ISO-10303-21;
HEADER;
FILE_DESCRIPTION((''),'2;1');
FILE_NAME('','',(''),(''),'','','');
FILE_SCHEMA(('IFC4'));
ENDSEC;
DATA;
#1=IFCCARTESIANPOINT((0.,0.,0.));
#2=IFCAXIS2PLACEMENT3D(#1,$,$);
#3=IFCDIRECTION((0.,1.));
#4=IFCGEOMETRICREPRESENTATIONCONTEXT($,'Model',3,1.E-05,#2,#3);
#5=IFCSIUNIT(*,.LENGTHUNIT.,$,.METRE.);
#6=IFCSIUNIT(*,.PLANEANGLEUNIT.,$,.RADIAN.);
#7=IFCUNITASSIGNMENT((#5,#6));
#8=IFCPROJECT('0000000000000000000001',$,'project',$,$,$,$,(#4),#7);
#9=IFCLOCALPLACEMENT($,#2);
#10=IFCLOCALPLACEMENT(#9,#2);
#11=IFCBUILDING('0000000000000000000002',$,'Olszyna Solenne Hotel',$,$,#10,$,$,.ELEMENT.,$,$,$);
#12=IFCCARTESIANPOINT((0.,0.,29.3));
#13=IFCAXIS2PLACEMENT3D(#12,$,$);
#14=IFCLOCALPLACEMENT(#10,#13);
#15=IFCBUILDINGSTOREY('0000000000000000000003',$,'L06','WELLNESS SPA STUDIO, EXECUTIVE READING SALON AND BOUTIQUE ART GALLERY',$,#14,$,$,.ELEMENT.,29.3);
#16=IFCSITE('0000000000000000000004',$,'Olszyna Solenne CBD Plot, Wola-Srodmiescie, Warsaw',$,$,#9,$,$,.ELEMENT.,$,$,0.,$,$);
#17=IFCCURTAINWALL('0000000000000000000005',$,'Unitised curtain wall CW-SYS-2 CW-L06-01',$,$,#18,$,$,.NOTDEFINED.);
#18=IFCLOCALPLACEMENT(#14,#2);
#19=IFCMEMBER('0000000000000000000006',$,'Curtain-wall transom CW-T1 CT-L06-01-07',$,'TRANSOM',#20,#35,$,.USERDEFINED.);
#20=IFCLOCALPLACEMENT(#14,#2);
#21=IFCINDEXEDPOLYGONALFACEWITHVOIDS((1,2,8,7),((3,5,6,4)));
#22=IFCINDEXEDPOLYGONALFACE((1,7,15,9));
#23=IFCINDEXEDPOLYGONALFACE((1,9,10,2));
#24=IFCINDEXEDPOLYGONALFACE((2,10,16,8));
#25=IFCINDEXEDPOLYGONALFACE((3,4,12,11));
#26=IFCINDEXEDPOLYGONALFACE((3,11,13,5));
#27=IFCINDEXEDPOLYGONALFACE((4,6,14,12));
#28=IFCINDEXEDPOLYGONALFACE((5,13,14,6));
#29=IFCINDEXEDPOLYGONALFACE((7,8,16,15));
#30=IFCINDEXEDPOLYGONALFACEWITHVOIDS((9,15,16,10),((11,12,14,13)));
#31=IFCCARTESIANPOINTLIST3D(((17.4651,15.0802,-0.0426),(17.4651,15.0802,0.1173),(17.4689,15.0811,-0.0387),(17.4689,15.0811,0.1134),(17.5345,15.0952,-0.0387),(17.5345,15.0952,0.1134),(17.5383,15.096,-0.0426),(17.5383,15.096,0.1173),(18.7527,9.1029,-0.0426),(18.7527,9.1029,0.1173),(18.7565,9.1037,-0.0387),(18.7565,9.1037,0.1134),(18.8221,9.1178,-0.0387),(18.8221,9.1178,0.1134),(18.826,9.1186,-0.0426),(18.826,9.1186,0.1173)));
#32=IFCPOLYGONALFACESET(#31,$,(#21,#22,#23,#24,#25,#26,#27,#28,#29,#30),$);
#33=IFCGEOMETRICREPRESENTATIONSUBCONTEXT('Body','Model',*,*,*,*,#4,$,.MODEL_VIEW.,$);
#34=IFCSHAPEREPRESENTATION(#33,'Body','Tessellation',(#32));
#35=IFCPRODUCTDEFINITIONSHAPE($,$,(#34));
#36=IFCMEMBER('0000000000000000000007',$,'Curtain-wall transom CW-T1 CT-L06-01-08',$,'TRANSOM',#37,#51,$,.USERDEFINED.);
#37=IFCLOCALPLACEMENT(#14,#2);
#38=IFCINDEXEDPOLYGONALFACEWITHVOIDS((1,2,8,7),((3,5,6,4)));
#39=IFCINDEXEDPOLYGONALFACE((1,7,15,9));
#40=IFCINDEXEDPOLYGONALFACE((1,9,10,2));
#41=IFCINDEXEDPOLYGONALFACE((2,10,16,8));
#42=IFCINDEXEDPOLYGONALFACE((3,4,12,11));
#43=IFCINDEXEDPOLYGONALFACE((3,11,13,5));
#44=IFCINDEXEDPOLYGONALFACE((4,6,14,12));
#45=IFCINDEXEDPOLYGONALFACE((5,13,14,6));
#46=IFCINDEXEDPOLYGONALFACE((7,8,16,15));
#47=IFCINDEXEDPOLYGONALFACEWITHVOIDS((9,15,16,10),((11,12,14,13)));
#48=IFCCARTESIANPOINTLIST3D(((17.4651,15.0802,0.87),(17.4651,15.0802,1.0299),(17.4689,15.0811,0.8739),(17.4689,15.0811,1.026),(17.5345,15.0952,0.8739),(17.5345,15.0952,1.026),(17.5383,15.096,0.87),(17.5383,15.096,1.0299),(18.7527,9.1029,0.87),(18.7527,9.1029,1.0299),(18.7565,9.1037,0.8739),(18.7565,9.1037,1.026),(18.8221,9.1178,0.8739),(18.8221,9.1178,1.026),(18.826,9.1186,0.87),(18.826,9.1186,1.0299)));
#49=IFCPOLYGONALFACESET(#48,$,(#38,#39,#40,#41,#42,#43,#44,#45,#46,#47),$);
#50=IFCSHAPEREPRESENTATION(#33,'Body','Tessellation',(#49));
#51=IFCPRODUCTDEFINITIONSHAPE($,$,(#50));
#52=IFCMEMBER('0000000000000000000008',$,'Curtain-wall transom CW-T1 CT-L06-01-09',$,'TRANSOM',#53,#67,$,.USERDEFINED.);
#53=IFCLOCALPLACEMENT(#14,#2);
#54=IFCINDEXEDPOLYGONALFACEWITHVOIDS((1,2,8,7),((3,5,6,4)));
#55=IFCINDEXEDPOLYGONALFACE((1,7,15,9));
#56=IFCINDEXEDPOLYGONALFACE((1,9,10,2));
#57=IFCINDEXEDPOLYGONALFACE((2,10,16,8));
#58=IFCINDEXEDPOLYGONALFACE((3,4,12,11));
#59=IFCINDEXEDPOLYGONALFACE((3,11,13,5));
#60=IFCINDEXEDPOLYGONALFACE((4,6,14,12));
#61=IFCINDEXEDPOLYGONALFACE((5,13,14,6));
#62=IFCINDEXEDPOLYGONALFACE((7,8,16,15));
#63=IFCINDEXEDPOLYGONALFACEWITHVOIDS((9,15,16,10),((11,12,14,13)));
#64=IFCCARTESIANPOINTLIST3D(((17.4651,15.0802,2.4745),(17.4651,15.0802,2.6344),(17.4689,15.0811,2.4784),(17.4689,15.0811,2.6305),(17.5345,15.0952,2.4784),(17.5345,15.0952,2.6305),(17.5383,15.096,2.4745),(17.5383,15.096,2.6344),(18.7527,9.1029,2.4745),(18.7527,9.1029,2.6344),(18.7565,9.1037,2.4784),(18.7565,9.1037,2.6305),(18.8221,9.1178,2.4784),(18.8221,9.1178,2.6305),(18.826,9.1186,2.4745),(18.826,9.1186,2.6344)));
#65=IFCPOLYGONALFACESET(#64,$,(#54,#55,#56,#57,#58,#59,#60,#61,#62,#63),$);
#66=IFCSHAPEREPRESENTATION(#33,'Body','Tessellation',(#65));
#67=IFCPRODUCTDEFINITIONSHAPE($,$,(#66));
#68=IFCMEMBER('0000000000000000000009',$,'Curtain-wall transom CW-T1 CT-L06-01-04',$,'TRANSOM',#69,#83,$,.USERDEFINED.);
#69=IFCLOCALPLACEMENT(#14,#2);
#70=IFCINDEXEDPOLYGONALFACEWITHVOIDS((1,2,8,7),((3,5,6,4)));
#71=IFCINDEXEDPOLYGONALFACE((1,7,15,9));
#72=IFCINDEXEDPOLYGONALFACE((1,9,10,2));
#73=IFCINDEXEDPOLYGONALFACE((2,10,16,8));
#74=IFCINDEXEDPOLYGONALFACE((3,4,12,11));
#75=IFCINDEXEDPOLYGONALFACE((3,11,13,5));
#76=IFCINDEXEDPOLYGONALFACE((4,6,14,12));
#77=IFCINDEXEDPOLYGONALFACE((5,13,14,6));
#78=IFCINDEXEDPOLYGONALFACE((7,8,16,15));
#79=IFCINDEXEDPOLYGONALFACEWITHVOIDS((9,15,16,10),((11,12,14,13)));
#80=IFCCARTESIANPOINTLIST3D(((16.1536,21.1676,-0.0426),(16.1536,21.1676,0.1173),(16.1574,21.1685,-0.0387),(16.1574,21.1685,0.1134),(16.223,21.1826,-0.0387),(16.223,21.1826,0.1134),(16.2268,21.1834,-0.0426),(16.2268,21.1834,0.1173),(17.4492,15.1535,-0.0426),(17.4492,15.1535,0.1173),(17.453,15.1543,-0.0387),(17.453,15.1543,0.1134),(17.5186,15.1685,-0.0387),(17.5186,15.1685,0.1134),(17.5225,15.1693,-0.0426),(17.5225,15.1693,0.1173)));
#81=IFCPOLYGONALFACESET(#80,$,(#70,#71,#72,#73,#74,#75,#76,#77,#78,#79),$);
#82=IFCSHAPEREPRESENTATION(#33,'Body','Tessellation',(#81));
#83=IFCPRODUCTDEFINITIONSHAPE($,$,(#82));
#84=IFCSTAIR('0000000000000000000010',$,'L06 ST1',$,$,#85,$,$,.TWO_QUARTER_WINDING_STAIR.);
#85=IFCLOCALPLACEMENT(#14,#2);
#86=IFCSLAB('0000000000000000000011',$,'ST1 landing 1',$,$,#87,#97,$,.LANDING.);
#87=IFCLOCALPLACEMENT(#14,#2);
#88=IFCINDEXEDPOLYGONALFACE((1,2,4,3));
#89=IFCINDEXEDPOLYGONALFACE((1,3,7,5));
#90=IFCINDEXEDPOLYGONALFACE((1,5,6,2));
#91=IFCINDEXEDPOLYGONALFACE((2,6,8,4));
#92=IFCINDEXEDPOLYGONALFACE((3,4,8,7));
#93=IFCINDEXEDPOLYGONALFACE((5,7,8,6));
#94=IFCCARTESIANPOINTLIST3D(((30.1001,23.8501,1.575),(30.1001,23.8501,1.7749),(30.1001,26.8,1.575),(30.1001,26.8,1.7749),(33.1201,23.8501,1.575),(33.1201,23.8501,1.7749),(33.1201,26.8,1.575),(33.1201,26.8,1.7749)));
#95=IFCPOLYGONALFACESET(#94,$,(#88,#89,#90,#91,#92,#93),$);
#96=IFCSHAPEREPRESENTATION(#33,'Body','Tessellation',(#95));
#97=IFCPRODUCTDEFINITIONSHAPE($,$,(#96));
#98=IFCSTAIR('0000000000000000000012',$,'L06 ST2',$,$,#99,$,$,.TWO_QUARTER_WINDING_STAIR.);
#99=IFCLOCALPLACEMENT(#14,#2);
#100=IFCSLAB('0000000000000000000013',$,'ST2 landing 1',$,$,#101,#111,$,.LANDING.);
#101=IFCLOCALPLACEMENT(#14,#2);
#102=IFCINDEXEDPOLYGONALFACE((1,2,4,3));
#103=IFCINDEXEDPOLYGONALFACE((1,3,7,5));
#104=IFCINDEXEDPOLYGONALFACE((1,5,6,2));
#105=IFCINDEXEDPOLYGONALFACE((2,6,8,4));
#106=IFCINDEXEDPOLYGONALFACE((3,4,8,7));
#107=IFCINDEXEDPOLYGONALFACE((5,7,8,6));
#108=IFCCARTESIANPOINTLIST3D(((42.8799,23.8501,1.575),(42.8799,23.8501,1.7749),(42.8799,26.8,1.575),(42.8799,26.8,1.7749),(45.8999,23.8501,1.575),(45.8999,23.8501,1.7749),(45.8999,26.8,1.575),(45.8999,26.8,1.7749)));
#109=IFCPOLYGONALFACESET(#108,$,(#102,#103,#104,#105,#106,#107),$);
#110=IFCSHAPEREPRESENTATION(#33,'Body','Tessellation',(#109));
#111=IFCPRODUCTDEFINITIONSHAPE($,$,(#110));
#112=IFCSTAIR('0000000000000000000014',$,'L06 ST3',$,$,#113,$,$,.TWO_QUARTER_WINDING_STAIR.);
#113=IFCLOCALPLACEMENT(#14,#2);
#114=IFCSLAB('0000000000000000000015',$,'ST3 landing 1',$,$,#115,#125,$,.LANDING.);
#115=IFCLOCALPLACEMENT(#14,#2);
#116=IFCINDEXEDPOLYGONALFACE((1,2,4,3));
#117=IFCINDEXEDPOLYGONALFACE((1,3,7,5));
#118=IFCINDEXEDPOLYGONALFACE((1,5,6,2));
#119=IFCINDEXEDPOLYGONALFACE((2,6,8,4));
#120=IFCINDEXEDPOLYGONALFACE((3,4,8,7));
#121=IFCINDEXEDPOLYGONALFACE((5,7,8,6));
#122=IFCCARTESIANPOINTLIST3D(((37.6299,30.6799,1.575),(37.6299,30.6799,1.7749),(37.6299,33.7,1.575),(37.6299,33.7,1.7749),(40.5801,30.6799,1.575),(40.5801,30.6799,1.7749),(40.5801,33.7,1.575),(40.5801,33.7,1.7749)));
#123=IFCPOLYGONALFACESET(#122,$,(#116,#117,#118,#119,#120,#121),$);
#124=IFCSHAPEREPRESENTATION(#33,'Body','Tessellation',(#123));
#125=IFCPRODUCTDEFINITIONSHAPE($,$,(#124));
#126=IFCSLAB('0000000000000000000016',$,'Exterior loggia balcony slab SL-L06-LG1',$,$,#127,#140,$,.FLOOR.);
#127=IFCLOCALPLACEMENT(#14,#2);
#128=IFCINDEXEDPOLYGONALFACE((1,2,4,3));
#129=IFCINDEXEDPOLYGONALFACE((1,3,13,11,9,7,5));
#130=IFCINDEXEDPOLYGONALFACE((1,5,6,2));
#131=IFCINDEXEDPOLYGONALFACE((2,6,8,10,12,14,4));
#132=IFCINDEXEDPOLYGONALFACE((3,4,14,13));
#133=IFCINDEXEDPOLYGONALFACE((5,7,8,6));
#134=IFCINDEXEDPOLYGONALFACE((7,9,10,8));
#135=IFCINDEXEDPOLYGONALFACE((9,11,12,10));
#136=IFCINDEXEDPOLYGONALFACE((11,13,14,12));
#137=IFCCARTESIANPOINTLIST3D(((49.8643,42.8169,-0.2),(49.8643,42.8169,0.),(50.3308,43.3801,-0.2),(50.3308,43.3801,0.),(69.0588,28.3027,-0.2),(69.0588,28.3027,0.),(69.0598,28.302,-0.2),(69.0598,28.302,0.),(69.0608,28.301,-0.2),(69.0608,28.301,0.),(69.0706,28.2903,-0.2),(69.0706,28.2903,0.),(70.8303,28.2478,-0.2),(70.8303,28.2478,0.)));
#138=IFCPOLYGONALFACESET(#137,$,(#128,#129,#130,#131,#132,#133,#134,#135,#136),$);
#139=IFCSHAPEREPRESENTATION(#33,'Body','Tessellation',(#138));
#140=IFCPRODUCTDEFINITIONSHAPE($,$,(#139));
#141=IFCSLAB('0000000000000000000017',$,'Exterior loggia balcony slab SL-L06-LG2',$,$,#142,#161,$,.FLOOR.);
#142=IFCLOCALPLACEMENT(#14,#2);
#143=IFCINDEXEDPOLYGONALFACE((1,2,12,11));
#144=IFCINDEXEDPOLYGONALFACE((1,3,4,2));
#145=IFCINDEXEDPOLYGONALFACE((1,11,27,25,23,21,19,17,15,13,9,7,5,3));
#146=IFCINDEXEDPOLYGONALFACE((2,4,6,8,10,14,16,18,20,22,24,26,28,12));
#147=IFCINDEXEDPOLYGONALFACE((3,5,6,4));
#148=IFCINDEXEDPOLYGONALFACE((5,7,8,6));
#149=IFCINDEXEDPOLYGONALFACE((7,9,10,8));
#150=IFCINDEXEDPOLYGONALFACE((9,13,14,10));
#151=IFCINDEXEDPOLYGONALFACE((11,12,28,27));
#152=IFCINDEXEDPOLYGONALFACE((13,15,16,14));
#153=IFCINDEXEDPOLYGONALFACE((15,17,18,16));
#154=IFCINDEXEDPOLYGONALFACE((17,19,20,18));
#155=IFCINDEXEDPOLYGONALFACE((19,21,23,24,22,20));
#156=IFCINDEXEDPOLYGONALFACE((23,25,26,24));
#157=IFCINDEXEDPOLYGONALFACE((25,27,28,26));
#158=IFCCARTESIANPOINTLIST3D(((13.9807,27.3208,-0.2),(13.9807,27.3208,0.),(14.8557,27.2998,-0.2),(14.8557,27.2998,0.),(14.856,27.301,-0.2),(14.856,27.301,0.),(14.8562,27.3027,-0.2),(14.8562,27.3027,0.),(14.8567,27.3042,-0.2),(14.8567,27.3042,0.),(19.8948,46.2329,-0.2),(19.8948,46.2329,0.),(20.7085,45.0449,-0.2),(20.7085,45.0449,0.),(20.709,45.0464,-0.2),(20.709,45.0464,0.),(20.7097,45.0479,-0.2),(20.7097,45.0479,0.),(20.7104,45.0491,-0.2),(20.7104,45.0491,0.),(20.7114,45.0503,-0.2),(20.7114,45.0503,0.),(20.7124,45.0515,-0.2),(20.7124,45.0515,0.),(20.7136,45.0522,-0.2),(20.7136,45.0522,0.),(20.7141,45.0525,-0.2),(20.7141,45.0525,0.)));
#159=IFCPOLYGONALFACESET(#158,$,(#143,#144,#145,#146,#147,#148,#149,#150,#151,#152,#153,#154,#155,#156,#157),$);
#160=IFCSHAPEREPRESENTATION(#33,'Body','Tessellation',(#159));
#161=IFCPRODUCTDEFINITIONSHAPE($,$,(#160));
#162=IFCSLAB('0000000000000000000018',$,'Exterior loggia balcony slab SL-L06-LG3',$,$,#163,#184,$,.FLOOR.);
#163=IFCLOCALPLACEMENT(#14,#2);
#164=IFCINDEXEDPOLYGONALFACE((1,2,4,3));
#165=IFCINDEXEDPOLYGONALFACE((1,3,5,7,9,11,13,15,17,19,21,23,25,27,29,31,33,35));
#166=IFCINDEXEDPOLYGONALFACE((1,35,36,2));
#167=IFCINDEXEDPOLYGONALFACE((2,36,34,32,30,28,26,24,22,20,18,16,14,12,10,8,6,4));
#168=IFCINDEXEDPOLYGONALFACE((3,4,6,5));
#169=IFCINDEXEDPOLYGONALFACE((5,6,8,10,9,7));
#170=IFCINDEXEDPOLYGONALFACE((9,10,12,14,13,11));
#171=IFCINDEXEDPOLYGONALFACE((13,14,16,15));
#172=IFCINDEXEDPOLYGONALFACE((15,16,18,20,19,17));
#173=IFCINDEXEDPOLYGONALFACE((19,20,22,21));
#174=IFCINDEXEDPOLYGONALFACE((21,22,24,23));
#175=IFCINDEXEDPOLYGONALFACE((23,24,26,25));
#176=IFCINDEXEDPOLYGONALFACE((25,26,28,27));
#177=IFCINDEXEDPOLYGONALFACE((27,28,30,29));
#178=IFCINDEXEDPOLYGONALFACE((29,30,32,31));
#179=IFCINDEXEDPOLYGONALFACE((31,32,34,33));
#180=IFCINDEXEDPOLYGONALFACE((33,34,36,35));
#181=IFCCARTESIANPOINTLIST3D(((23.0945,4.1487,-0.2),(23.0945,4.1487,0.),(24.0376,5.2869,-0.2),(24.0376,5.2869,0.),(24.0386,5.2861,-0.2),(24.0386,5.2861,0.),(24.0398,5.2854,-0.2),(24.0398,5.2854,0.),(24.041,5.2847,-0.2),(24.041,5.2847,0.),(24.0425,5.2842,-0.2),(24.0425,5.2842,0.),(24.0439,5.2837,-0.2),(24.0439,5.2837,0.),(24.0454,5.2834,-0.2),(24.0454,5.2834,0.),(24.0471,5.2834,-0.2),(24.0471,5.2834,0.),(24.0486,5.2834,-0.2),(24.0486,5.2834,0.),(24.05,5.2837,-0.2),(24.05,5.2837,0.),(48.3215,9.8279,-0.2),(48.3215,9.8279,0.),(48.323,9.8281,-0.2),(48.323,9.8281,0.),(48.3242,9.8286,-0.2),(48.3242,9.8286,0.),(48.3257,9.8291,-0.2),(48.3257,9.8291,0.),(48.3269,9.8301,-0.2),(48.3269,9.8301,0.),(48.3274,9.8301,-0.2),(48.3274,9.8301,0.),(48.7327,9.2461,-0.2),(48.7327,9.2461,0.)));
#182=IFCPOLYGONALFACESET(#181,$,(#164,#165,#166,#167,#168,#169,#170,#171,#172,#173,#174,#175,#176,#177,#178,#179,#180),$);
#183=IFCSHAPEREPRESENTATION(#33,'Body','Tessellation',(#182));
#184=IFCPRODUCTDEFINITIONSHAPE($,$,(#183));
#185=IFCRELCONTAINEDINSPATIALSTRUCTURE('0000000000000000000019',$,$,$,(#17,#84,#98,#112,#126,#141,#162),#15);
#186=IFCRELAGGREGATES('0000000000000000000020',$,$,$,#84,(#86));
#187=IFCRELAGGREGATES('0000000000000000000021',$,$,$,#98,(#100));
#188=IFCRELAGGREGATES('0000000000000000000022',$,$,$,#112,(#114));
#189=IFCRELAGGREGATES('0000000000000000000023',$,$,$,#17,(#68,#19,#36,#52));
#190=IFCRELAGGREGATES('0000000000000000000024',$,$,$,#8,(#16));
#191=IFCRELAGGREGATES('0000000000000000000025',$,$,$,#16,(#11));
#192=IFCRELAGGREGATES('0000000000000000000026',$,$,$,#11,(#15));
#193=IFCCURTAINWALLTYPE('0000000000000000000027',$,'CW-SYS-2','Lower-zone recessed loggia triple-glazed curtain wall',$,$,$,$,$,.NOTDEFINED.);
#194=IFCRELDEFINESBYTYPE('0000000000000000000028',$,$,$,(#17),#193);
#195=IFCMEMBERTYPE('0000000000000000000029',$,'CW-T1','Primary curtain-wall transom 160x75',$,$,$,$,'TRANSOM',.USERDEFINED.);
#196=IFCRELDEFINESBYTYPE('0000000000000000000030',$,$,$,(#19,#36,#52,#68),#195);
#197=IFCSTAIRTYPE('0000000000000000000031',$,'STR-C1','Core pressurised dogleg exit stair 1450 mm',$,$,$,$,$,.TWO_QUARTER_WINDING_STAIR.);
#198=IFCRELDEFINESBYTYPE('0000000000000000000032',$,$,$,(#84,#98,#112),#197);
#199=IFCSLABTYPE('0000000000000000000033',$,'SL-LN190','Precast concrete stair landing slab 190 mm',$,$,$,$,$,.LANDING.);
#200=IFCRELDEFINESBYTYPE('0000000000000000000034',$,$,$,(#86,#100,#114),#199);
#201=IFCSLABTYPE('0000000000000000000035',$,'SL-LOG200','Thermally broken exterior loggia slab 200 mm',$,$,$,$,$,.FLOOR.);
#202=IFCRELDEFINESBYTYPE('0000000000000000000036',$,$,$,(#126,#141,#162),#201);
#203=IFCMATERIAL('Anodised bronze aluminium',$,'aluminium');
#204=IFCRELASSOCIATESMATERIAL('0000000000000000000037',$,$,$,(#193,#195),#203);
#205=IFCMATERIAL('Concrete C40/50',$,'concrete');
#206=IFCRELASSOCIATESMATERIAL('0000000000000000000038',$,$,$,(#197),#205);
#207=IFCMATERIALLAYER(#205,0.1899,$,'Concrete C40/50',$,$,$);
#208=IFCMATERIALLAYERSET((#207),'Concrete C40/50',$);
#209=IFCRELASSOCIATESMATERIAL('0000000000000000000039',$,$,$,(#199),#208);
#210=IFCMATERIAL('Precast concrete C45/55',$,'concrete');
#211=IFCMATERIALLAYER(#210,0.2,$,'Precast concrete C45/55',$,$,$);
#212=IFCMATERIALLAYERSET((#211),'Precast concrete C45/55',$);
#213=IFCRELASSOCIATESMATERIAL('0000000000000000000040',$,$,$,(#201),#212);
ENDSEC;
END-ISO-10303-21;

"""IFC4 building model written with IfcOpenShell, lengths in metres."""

from ifc_helpers import new_model, si_unit, direction, frame, origin, origin_2d, place, context, subcontext, project, spatial, polyline, hollow_rectangle, outline, extrude, source, transform, mapped, material, layer, layer_set, material_profile, profile_set, type_object, element, aggregate, save


model = new_model("IFC4")

# Units and contexts
model_context = context("Model", 3, precision=1e-05, world=origin(), true_north=direction((0.0, 1.0)))
body_context = subcontext(model_context, "Body", "Model", "MODEL_VIEW")
ifc_project = project(units=[si_unit("LENGTHUNIT", "METRE"), si_unit("PLANEANGLEUNIT", "RADIAN")], contexts=[model_context])

# Site, building, storey
site_placement = place(None, origin())
site = spatial("IfcSite", under=ifc_project, at=site_placement, Name="Olszyna Solenne CBD Plot, Wola-Srodmiescie, Warsaw", CompositionType="ELEMENT", RefElevation=0.0)
building_placement = place(site_placement, origin())
building = spatial("IfcBuilding", under=site, at=building_placement, Name="Olszyna Solenne Hotel", CompositionType="ELEMENT")
storey_placement = place(building_placement, frame((0.0, 0.0, 29.3)))
storey = spatial("IfcBuildingStorey", under=building, at=storey_placement, Name="L06", Description="WELLNESS SPA STUDIO, EXECUTIVE READING SALON AND BOUTIQUE ART GALLERY", CompositionType="ELEMENT", Elevation=29.3)

# Curtain wall, members
ifc_material_1 = material(Name="Anodised bronze aluminium", Category="aluminium")
curtain_wall_type = type_object("IfcCurtainWallType", Name="CW-SYS-2", Description="Lower-zone recessed loggia triple-glazed curtain wall", PredefinedType="NOTDEFINED", material=ifc_material_1)
curtain_wall_placement = place(storey_placement, origin())
curtain_wall = element("IfcCurtainWall", 1, at=curtain_wall_placement, inside=storey, type_object=curtain_wall_type, Name="Unitised curtain wall CW-SYS-2 CW-L06-01", PredefinedType="NOTDEFINED")
ifc_material_profile_1 = material_profile(ifc_material_1, hollow_rectangle(XDim=0.075, YDim=0.1599, WallThickness=0.0039, at=origin_2d()), Name="TRAN 160x75x4", Category="load-bearing")
ifc_profile_set_1 = profile_set([ifc_material_profile_1], Name="Anodised bronze aluminium")
member_type_1 = type_object("IfcMemberType", Name="CW-T1", Description="Primary curtain-wall transom 160x75", ElementType="TRANSOM", PredefinedType="USERDEFINED", material=ifc_profile_set_1)
shared_shape_1 = source(origin(), body_context, "Body", "SweptSolid", [
    extrude(hollow_rectangle(XDim=0.075, YDim=0.1599, WallThickness=0.0039, at=origin_2d()), origin(), (0.0, 0.0, 1.0), 6.1145),
])
member_1_placement = place(storey_placement, frame((17.5017, 15.0881, 0.0374), z_axis=(0.210584, -0.977576, 0.0), x_axis=(0.977576, 0.210584, 0.0)))
member_1 = element("IfcMember", 2, at=member_1_placement, type_object=member_type_1, Name="Curtain-wall transom CW-T1 CT-L06-01-07", ObjectType="TRANSOM", PredefinedType="USERDEFINED", context=body_context, shape_type="MappedRepresentation", body=[
    mapped(shared_shape_1, transform((0.0, 0.0, 0.0), x_axis=(1.0, 0.0, 0.0), y_axis=(0.0, 1.0, 0.0), z_axis=(0.0, 0.0, 1.0), scale=1.0)),
])
member_2_placement = place(storey_placement, frame((17.5017, 15.0881, 0.95), z_axis=(0.210584, -0.977576, 0.0), x_axis=(0.977576, 0.210584, 0.0)))
member_2 = element("IfcMember", 3, at=member_2_placement, type_object=member_type_1, Name="Curtain-wall transom CW-T1 CT-L06-01-08", ObjectType="TRANSOM", PredefinedType="USERDEFINED", context=body_context, shape_type="MappedRepresentation", body=[
    mapped(shared_shape_1, transform((0.0, 0.0, 0.0), x_axis=(1.0, 0.0, 0.0), y_axis=(0.0, 1.0, 0.0), z_axis=(0.0, 0.0, 1.0), scale=1.0)),
])
member_3_placement = place(storey_placement, frame((17.5017, 15.0881, 2.5544), z_axis=(0.210584, -0.977576, 0.0), x_axis=(0.977576, 0.210584, 0.0)))
member_3 = element("IfcMember", 4, at=member_3_placement, type_object=member_type_1, Name="Curtain-wall transom CW-T1 CT-L06-01-09", ObjectType="TRANSOM", PredefinedType="USERDEFINED", context=body_context, shape_type="MappedRepresentation", body=[
    mapped(shared_shape_1, transform((0.0, 0.0, 0.0), x_axis=(1.0, 0.0, 0.0), y_axis=(0.0, 1.0, 0.0), z_axis=(0.0, 0.0, 1.0), scale=1.0)),
])
shared_shape_2 = source(origin(), body_context, "Body", "SweptSolid", [
    extrude(hollow_rectangle(XDim=0.075, YDim=0.1599, WallThickness=0.0039, at=origin_2d()), origin(), (0.0, 0.0, 1.0), 6.1521),
])
member_4_placement = place(storey_placement, frame((16.1902, 21.1755, 0.0374), z_axis=(0.210602, -0.977572, 0.0), x_axis=(0.977572, 0.210602, 0.0)))
member_4 = element("IfcMember", 5, at=member_4_placement, type_object=member_type_1, Name="Curtain-wall transom CW-T1 CT-L06-01-04", ObjectType="TRANSOM", PredefinedType="USERDEFINED", context=body_context, shape_type="MappedRepresentation", body=[
    mapped(shared_shape_2, transform((0.0, 0.0, 0.0), x_axis=(1.0, 0.0, 0.0), y_axis=(0.0, 1.0, 0.0), z_axis=(0.0, 0.0, 1.0), scale=1.0)),
])

# Stairs, slabs
ifc_material_2 = material(Name="Concrete C40/50", Category="concrete")
stair_type = type_object("IfcStairType", Name="STR-C1", Description="Core pressurised dogleg exit stair 1450 mm", PredefinedType="TWO_QUARTER_WINDING_STAIR", material=ifc_material_2)
stair_1_placement = place(storey_placement, origin())
stair_1 = element("IfcStair", 6, at=stair_1_placement, inside=storey, type_object=stair_type, Name="L06 ST1", PredefinedType="TWO_QUARTER_WINDING_STAIR")
ifc_layer_1 = layer(ifc_material_2, 0.1899, Name="Concrete C40/50")
ifc_layer_set_1 = layer_set([ifc_layer_1], Name="Concrete C40/50")
slab_type_1 = type_object("IfcSlabType", Name="SL-LN190", Description="Precast concrete stair landing slab 190 mm", PredefinedType="LANDING", material=ifc_layer_set_1)
slab_1_placement = place(storey_placement, frame((0.0, 0.0, 1.575)))
slab_1 = element("IfcSlab", 7, at=slab_1_placement, type_object=slab_type_1, Name="ST1 landing 1", PredefinedType="LANDING", context=body_context, shape_type="SweptSolid", body=[
    extrude(outline(polyline([(33.1201, 23.8501), (33.1201, 26.8), (30.1001, 26.8), (30.1001, 23.8501), (33.1201, 23.8501)])), origin(), (0.0, 0.0, 1.0), 0.2),
])
aggregate(stair_1, [slab_1])
stair_2_placement = place(storey_placement, origin())
stair_2 = element("IfcStair", 8, at=stair_2_placement, inside=storey, type_object=stair_type, Name="L06 ST2", PredefinedType="TWO_QUARTER_WINDING_STAIR")
slab_2_placement = place(storey_placement, frame((0.0, 0.0, 1.575)))
slab_2 = element("IfcSlab", 9, at=slab_2_placement, type_object=slab_type_1, Name="ST2 landing 1", PredefinedType="LANDING", context=body_context, shape_type="SweptSolid", body=[
    extrude(outline(polyline([(45.8999, 23.8501), (45.8999, 26.8), (42.8799, 26.8), (42.8799, 23.8501), (45.8999, 23.8501)])), origin(), (0.0, 0.0, 1.0), 0.2),
])
aggregate(stair_2, [slab_2])
stair_3_placement = place(storey_placement, origin())
stair_3 = element("IfcStair", 10, at=stair_3_placement, inside=storey, type_object=stair_type, Name="L06 ST3", PredefinedType="TWO_QUARTER_WINDING_STAIR")
slab_3_placement = place(storey_placement, frame((0.0, 0.0, 1.575)))
slab_3 = element("IfcSlab", 11, at=slab_3_placement, type_object=slab_type_1, Name="ST3 landing 1", PredefinedType="LANDING", context=body_context, shape_type="SweptSolid", body=[
    extrude(outline(polyline([(37.6299, 30.6799), (40.5801, 30.6799), (40.5801, 33.7), (37.6299, 33.7), (37.6299, 30.6799)])), origin(), (0.0, 0.0, 1.0), 0.2),
])
aggregate(stair_3, [slab_3])

# Slabs
ifc_material_3 = material(Name="Precast concrete C45/55", Category="concrete")
ifc_layer_2 = layer(ifc_material_3, 0.2, Name="Precast concrete C45/55")
ifc_layer_set_2 = layer_set([ifc_layer_2], Name="Precast concrete C45/55")
slab_type_2 = type_object("IfcSlabType", Name="SL-LOG200", Description="Thermally broken exterior loggia slab 200 mm", PredefinedType="FLOOR", material=ifc_layer_set_2)
slab_4_placement = place(storey_placement, frame((0.0, 0.0, -0.2)))
element("IfcSlab", 12, at=slab_4_placement, inside=storey, type_object=slab_type_2, Name="Exterior loggia balcony slab SL-L06-LG1", PredefinedType="FLOOR", context=body_context, shape_type="SweptSolid", body=[
    extrude(outline(polyline([(49.8643, 42.8169), (69.0588, 28.3027), (69.0598, 28.302), (69.0608, 28.301), (69.0706, 28.2903), (70.8303, 28.2478), (50.3308, 43.3801), (49.8643, 42.8169)])), origin(), (0.0, 0.0, 1.0), 0.2),
])
slab_5_placement = place(storey_placement, frame((0.0, 0.0, -0.2)))
element("IfcSlab", 13, at=slab_5_placement, inside=storey, type_object=slab_type_2, Name="Exterior loggia balcony slab SL-L06-LG2", PredefinedType="FLOOR", context=body_context, shape_type="SweptSolid", body=[
    extrude(outline(polyline([(14.8557, 27.2998), (14.856, 27.301), (14.8562, 27.3027), (14.8567, 27.3042), (20.7085, 45.0449), (20.709, 45.0464), (20.7097, 45.0479), (20.7104, 45.0491), (20.7114, 45.0503), (20.7124, 45.0515), (20.7136, 45.0522), (20.7141, 45.0525), (19.8948, 46.2329), (13.9807, 27.3208), (14.8557, 27.2998)])), origin(), (0.0, 0.0, 1.0), 0.2),
])
slab_6_placement = place(storey_placement, frame((0.0, 0.0, -0.2)))
element("IfcSlab", 14, at=slab_6_placement, inside=storey, type_object=slab_type_2, Name="Exterior loggia balcony slab SL-L06-LG3", PredefinedType="FLOOR", context=body_context, shape_type="SweptSolid", body=[
    extrude(outline(polyline([(48.3274, 9.8301), (48.3269, 9.8301), (48.3257, 9.8291), (48.3242, 9.8286), (48.323, 9.8281), (48.3215, 9.8279), (24.05, 5.2837), (24.0486, 5.2834), (24.0471, 5.2834), (24.0454, 5.2834), (24.0439, 5.2837), (24.0425, 5.2842), (24.041, 5.2847), (24.0398, 5.2854), (24.0386, 5.2861), (24.0376, 5.2869), (23.0945, 4.1487), (48.7327, 9.2461), (48.3274, 9.8301)])), origin(), (0.0, 0.0, 1.0), 0.2),
])

aggregate(curtain_wall, [member_4, member_1, member_2, member_3])

save(model, "model.ifc")
